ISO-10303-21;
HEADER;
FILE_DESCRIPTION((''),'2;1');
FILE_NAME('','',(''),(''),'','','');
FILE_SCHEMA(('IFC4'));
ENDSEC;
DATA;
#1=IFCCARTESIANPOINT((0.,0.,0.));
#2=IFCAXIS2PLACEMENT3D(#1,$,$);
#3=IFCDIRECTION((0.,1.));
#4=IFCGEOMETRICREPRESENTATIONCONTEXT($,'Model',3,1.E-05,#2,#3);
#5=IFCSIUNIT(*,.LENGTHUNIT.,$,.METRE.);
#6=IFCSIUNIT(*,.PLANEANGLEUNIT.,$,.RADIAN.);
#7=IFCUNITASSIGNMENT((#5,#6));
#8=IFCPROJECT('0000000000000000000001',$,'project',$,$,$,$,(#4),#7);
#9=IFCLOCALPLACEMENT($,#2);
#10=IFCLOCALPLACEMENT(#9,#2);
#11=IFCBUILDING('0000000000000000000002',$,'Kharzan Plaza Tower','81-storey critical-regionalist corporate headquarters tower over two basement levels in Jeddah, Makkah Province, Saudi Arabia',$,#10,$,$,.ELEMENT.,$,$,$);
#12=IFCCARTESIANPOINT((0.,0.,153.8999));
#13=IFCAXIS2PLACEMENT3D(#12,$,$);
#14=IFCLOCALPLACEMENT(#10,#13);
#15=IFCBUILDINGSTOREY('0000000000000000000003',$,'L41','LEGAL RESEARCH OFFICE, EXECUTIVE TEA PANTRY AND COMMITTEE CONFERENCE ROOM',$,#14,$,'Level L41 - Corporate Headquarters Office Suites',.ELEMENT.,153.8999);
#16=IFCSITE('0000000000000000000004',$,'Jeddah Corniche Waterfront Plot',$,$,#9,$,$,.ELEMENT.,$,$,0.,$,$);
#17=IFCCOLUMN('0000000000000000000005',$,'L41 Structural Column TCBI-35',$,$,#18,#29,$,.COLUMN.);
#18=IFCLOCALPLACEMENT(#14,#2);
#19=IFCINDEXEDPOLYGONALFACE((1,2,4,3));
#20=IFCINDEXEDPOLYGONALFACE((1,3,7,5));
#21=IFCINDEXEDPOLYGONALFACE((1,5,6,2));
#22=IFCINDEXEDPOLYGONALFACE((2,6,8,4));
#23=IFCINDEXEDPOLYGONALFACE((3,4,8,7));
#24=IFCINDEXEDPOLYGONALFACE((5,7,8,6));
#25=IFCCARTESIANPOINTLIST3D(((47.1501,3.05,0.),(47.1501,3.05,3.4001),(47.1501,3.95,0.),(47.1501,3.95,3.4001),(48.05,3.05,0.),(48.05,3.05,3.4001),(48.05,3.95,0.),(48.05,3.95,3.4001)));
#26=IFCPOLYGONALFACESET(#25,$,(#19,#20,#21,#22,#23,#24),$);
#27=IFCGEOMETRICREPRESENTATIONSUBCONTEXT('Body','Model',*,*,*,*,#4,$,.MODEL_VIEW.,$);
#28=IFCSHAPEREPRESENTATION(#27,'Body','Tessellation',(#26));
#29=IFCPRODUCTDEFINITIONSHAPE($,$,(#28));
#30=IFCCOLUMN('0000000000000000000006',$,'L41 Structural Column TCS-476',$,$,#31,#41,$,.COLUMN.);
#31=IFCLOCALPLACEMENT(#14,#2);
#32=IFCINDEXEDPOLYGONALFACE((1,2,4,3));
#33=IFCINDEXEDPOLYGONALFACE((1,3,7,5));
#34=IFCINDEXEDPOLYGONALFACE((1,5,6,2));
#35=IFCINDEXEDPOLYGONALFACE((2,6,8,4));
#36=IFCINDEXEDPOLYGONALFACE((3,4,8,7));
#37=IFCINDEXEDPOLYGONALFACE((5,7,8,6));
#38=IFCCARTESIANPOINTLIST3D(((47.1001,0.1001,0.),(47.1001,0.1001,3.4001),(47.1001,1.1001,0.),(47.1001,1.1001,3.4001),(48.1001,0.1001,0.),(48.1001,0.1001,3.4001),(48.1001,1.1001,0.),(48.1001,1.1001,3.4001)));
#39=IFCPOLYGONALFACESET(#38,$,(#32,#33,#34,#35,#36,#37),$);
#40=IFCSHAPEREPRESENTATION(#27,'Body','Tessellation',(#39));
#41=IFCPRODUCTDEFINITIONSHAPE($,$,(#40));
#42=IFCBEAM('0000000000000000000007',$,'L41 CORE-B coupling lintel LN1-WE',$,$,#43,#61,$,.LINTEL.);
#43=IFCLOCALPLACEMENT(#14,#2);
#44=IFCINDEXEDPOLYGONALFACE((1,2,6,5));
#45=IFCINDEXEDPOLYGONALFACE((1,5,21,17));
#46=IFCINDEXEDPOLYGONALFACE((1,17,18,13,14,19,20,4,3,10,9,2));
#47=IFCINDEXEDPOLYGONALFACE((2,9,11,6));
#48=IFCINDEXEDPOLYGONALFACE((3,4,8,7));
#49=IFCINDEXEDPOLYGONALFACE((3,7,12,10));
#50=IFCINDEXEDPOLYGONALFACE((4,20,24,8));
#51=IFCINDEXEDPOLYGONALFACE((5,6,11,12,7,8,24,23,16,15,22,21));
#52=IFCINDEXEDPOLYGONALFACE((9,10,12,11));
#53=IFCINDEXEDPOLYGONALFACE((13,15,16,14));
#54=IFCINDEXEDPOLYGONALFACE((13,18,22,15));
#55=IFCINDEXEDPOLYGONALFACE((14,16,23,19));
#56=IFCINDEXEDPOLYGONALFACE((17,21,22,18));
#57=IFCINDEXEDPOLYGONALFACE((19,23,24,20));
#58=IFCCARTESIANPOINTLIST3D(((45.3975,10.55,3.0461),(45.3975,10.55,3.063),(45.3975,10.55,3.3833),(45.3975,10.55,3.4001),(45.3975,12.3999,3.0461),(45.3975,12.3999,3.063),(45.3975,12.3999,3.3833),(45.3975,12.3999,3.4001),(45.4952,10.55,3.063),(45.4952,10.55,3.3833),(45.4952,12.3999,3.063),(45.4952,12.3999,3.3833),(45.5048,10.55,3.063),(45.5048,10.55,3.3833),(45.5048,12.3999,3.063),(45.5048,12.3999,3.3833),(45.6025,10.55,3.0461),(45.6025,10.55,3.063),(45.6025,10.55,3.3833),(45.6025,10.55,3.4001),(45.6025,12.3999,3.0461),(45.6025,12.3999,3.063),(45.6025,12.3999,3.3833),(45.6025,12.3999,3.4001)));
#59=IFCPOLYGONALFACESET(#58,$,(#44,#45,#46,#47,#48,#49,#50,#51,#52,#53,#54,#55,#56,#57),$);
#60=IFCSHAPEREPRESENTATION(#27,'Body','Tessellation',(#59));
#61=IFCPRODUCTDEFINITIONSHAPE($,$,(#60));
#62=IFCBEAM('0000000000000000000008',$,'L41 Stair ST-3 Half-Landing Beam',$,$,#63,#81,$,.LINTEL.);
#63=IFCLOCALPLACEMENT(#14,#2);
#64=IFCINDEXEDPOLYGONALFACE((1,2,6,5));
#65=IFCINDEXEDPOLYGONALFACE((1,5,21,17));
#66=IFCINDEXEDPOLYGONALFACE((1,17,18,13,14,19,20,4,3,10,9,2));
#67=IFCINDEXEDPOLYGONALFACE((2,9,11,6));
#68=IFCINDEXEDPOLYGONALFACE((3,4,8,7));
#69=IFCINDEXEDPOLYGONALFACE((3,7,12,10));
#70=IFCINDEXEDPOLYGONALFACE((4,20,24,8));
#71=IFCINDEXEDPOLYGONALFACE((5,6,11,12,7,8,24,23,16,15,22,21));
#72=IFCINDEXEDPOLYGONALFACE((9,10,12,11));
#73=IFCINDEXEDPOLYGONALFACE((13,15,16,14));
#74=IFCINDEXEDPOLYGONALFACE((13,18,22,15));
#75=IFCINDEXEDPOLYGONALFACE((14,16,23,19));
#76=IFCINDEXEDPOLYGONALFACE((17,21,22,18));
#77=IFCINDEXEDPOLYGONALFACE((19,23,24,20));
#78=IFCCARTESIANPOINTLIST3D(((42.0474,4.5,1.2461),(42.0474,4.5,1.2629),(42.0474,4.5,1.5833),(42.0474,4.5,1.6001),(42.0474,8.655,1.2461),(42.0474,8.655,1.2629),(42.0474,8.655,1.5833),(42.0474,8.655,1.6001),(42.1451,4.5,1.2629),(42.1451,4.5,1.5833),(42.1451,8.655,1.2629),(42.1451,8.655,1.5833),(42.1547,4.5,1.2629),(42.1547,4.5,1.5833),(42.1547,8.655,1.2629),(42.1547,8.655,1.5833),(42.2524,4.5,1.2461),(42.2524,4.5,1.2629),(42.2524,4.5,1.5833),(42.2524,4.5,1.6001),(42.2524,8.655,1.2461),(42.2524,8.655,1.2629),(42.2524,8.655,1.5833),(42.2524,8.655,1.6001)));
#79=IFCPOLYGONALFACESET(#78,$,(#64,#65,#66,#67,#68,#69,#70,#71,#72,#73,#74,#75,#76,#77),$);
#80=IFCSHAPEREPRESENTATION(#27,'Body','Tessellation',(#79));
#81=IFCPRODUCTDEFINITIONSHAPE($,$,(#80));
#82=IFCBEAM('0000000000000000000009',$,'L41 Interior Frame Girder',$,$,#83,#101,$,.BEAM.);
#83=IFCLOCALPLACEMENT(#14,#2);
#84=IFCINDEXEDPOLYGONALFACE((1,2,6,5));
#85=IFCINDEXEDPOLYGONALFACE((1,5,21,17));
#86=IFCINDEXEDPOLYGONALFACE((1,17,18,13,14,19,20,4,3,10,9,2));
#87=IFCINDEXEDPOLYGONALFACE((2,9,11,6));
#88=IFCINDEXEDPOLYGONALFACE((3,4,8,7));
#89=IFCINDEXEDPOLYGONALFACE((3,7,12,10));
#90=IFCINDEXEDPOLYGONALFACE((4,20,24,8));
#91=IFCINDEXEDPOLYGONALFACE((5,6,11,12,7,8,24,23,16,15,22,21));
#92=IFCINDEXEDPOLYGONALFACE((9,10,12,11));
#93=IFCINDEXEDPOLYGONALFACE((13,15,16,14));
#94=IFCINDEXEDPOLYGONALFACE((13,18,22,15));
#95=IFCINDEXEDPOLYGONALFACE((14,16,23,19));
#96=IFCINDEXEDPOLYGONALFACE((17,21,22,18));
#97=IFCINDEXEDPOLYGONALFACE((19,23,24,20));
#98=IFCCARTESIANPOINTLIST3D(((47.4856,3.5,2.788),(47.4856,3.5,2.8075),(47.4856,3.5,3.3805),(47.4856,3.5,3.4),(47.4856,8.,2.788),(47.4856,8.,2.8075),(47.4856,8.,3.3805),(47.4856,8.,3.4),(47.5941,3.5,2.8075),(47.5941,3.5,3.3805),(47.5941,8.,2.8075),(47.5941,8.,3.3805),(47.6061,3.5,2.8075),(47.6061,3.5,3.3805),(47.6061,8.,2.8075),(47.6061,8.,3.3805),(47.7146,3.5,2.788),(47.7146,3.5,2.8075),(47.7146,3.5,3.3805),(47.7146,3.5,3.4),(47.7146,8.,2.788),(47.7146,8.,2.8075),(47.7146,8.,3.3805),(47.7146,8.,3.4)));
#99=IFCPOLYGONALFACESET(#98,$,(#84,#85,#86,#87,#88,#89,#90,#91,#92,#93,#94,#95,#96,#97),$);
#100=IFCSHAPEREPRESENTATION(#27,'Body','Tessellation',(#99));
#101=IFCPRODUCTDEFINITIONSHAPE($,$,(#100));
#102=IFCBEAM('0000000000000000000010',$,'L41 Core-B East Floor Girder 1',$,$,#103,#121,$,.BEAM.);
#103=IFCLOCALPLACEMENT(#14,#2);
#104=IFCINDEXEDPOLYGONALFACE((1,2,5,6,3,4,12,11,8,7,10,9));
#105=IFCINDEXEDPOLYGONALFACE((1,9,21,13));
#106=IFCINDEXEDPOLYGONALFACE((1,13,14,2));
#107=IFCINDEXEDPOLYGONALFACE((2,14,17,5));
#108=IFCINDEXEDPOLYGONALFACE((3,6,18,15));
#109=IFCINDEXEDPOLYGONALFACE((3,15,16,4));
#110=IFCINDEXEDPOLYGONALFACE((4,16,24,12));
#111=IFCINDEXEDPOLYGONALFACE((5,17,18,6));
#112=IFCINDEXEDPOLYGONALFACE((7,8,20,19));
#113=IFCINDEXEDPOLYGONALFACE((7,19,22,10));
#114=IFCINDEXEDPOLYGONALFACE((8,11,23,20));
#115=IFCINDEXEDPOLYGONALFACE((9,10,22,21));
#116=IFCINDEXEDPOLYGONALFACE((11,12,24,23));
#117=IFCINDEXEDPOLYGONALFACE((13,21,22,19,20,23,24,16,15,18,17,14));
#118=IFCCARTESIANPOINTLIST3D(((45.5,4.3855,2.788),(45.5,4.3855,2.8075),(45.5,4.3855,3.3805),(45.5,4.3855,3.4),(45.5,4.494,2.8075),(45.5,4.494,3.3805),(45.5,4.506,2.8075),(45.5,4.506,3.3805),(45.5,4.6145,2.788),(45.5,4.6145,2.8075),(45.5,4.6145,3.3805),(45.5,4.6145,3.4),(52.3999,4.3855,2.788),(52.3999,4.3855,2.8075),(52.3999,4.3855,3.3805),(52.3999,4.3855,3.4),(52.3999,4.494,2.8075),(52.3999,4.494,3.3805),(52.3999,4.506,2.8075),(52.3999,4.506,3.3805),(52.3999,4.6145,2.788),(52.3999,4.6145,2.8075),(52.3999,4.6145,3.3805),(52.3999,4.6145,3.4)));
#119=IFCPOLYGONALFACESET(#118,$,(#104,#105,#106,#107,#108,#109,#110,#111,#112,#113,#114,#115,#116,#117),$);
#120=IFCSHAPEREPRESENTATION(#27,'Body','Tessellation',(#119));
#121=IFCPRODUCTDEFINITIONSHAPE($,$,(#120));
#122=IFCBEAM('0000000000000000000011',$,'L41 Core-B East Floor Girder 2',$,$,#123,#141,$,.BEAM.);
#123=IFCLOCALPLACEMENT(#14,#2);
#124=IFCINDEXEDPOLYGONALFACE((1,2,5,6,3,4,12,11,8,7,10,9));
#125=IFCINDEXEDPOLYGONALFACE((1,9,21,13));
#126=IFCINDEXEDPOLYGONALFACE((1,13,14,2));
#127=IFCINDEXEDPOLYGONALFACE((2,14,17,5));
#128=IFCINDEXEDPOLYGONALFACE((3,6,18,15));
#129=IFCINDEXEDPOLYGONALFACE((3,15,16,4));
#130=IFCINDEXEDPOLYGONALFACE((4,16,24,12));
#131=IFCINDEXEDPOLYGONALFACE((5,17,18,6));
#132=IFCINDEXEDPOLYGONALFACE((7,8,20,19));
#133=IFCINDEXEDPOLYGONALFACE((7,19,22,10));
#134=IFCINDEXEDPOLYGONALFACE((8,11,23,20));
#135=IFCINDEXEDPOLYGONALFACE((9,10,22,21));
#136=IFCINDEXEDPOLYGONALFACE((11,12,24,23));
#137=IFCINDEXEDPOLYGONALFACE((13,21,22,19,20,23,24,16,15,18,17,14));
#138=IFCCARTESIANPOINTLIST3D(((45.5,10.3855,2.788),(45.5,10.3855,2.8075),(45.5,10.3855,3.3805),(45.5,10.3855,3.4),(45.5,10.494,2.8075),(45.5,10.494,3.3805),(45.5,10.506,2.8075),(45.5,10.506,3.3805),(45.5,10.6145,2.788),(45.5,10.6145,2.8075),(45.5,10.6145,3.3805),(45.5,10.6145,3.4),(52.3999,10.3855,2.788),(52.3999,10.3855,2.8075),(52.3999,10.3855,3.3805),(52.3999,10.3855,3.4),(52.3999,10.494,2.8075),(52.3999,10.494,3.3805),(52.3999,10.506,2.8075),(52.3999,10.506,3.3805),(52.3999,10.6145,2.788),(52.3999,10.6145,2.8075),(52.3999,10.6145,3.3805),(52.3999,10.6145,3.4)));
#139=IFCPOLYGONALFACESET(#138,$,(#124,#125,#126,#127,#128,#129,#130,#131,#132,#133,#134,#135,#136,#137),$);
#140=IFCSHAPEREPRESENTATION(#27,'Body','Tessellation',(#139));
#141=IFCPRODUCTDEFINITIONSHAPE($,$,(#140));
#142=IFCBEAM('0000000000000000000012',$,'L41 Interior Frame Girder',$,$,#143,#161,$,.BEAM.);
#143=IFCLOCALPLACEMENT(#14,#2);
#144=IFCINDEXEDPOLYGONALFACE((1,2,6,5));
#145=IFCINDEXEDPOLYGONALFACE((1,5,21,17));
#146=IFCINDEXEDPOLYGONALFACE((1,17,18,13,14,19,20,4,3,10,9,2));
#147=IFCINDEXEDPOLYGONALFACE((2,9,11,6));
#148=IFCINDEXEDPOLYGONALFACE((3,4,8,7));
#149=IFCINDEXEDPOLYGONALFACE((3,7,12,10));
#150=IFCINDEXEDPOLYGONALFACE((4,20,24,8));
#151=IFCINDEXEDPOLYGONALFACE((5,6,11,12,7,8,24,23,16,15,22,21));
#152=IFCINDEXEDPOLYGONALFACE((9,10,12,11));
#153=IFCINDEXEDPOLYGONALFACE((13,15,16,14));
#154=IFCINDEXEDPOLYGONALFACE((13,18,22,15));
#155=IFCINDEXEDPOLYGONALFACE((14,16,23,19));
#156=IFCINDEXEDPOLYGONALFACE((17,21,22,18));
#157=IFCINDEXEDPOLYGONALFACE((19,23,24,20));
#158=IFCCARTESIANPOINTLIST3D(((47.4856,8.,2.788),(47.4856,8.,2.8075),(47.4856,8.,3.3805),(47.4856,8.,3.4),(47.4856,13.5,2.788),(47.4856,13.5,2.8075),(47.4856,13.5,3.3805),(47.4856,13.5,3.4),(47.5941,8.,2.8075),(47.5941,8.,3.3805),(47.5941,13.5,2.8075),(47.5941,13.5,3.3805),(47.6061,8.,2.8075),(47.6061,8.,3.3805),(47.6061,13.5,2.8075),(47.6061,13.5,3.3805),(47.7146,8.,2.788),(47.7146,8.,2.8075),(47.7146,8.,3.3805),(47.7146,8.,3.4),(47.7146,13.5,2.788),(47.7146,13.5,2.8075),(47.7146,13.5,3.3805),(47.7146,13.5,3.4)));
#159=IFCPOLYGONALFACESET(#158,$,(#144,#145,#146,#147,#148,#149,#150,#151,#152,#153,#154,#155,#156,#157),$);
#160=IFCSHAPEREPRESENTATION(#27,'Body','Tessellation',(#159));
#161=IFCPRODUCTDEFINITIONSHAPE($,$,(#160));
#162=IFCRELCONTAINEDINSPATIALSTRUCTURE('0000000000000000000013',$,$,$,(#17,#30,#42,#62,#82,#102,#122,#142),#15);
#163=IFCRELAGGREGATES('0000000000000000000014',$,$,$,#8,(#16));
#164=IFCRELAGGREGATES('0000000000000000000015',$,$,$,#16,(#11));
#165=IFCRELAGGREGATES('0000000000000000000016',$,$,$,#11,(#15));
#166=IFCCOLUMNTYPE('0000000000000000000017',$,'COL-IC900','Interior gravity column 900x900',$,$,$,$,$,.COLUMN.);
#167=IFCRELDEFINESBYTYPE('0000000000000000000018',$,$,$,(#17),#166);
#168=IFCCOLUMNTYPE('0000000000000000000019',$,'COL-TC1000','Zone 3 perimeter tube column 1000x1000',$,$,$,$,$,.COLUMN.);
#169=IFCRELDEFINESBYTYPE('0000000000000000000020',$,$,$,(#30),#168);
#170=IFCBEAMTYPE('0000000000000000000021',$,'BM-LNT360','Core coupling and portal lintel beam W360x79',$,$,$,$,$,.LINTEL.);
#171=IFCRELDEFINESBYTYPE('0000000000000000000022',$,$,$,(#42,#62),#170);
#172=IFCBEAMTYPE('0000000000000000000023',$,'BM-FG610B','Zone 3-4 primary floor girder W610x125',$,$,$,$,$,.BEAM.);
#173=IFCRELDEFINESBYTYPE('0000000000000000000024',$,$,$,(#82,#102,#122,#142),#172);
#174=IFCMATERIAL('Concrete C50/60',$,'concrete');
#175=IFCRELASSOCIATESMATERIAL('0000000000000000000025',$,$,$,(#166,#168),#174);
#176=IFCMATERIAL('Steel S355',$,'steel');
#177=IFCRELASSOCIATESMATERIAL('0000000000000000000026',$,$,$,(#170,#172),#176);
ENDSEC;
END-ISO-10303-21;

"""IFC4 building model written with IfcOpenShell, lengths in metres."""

from ifc_helpers import new_model, si_unit, direction, frame, origin, origin_2d, place, context, subcontext, project, spatial, rectangle, i_section, extrude, source, transform, mapped, material, material_profile, profile_set, type_object, element, save


model = new_model("IFC4")

# Units and contexts
model_context = context("Model", 3, precision=1e-05, world=origin(), true_north=direction((0.0, 1.0)))
body_context = subcontext(model_context, "Body", "Model", "MODEL_VIEW")
ifc_project = project(units=[si_unit("LENGTHUNIT", "METRE"), si_unit("PLANEANGLEUNIT", "RADIAN")], contexts=[model_context])

# Site, building, storey
site_placement = place(None, origin())
site = spatial("IfcSite", under=ifc_project, at=site_placement, Name="Jeddah Corniche Waterfront Plot", CompositionType="ELEMENT", RefElevation=0.0)
building_placement = place(site_placement, origin())
building = spatial("IfcBuilding", under=site, at=building_placement, Name="Kharzan Plaza Tower", Description="81-storey critical-regionalist corporate headquarters tower over two basement levels in Jeddah, Makkah Province, Saudi Arabia", CompositionType="ELEMENT")
storey_placement = place(building_placement, frame((0.0, 0.0, 153.8999)))
storey = spatial("IfcBuildingStorey", under=building, at=storey_placement, Name="L41", Description="LEGAL RESEARCH OFFICE, EXECUTIVE TEA PANTRY AND COMMITTEE CONFERENCE ROOM", LongName="Level L41 - Corporate Headquarters Office Suites", CompositionType="ELEMENT", Elevation=153.8999)

# Columns
ifc_material_1 = material(Name="Concrete C50/60", Category="concrete")
ifc_material_profile_1 = material_profile(ifc_material_1, rectangle(XDim=0.8999, YDim=0.8999, at=origin_2d()), Name="RC-IC900x900")
ifc_profile_set_1 = profile_set([ifc_material_profile_1], Name="Concrete C50/60")
column_type_1 = type_object("IfcColumnType", Name="COL-IC900", Description="Interior gravity column 900x900", PredefinedType="COLUMN", material=ifc_profile_set_1)
shared_shape_1 = source(origin(), body_context, "Body", "SweptSolid", [
    extrude(rectangle(XDim=0.8999, YDim=0.8999, at=origin_2d()), origin(), (0.0, 0.0, 1.0), 3.4001),
])
column_1_placement = place(storey_placement, frame((47.6001, 3.5, 0.0), z_axis=(0.0, 0.0, 1.0), x_axis=(1.0, 0.0, 0.0)))
element("IfcColumn", 1, at=column_1_placement, inside=storey, type_object=column_type_1, Name="L41 Structural Column TCBI-35", PredefinedType="COLUMN", context=body_context, shape_type="MappedRepresentation", body=[
    mapped(shared_shape_1, transform((0.0, 0.0, 0.0), x_axis=(1.0, 0.0, 0.0), y_axis=(0.0, 1.0, 0.0), z_axis=(0.0, 0.0, 1.0))),
])
ifc_material_profile_2 = material_profile(ifc_material_1, rectangle(XDim=1.0, YDim=1.0, at=origin_2d()), Name="RC-TC1000x1000")
ifc_profile_set_2 = profile_set([ifc_material_profile_2], Name="Concrete C50/60")
column_type_2 = type_object("IfcColumnType", Name="COL-TC1000", Description="Zone 3 perimeter tube column 1000x1000", PredefinedType="COLUMN", material=ifc_profile_set_2)
shared_shape_2 = source(origin(), body_context, "Body", "SweptSolid", [
    extrude(rectangle(XDim=1.0, YDim=1.0, at=origin_2d()), origin(), (0.0, 0.0, 1.0), 3.4001),
])
column_2_placement = place(storey_placement, frame((47.6001, 0.6001, 0.0), z_axis=(0.0, 0.0, 1.0), x_axis=(1.0, 0.0, 0.0)))
element("IfcColumn", 2, at=column_2_placement, inside=storey, type_object=column_type_2, Name="L41 Structural Column TCS-476", PredefinedType="COLUMN", context=body_context, shape_type="MappedRepresentation", body=[
    mapped(shared_shape_2, transform((0.0, 0.0, 0.0), x_axis=(1.0, 0.0, 0.0), y_axis=(0.0, 1.0, 0.0), z_axis=(0.0, 0.0, 1.0))),
])

# Beams
ifc_material_2 = material(Name="Steel S355", Category="steel")
ifc_material_profile_3 = material_profile(ifc_material_2, i_section(OverallWidth=0.2051, OverallDepth=0.354, WebThickness=0.0095, FlangeThickness=0.0168, at=origin_2d()), Name="W360x79")
ifc_profile_set_3 = profile_set([ifc_material_profile_3], Name="Steel S355")
beam_type_1 = type_object("IfcBeamType", Name="BM-LNT360", Description="Core coupling and portal lintel beam W360x79", PredefinedType="LINTEL", material=ifc_profile_set_3)
shared_shape_3 = source(origin(), body_context, "Body", "SweptSolid", [
    extrude(i_section(OverallWidth=0.2051, OverallDepth=0.354, WebThickness=0.0095, FlangeThickness=0.0168, at=origin_2d()), origin(), (0.0, 0.0, 1.0), 1.8499),
])
beam_1_placement = place(storey_placement, frame((45.5, 10.55, 3.2231), z_axis=(0.0, 1.0, 0.0), x_axis=(-1.0, 0.0, 0.0)))
element("IfcBeam", 3, at=beam_1_placement, inside=storey, type_object=beam_type_1, Name="L41 CORE-B coupling lintel LN1-WE", PredefinedType="LINTEL", context=body_context, shape_type="MappedRepresentation", body=[
    mapped(shared_shape_3, transform((0.0, 0.0, 0.0), x_axis=(1.0, 0.0, 0.0), y_axis=(0.0, 1.0, 0.0), z_axis=(0.0, 0.0, 1.0))),
])
shared_shape_4 = source(origin(), body_context, "Body", "SweptSolid", [
    extrude(i_section(OverallWidth=0.2051, OverallDepth=0.354, WebThickness=0.0095, FlangeThickness=0.0168, at=origin_2d()), origin(), (0.0, 0.0, 1.0), 4.155),
])
beam_2_placement = place(storey_placement, frame((42.1499, 4.5, 1.4231), z_axis=(0.0, 1.0, 0.0), x_axis=(-1.0, 0.0, 0.0)))
element("IfcBeam", 4, at=beam_2_placement, inside=storey, type_object=beam_type_1, Name="L41 Stair ST-3 Half-Landing Beam", PredefinedType="LINTEL", context=body_context, shape_type="MappedRepresentation", body=[
    mapped(shared_shape_4, transform((0.0, 0.0, 0.0), x_axis=(1.0, 0.0, 0.0), y_axis=(0.0, 1.0, 0.0), z_axis=(0.0, 0.0, 1.0))),
])
ifc_material_profile_4 = material_profile(ifc_material_2, i_section(OverallWidth=0.229, OverallDepth=0.6121, WebThickness=0.012, FlangeThickness=0.0195, at=origin_2d()), Name="W610x125")
ifc_profile_set_4 = profile_set([ifc_material_profile_4], Name="Steel S355")
beam_type_2 = type_object("IfcBeamType", Name="BM-FG610B", Description="Zone 3-4 primary floor girder W610x125", PredefinedType="BEAM", material=ifc_profile_set_4)
shared_shape_5 = source(origin(), body_context, "Body", "SweptSolid", [
    extrude(i_section(OverallWidth=0.229, OverallDepth=0.6121, WebThickness=0.012, FlangeThickness=0.0195, at=origin_2d()), origin(), (0.0, 0.0, 1.0), 4.5),
])
beam_3_placement = place(storey_placement, frame((47.6001, 3.5, 3.094), z_axis=(0.0, 1.0, 0.0), x_axis=(-1.0, 0.0, 0.0)))
element("IfcBeam", 5, at=beam_3_placement, inside=storey, type_object=beam_type_2, Name="L41 Interior Frame Girder", PredefinedType="BEAM", context=body_context, shape_type="MappedRepresentation", body=[
    mapped(shared_shape_5, transform((0.0, 0.0, 0.0), x_axis=(1.0, 0.0, 0.0), y_axis=(0.0, 1.0, 0.0), z_axis=(0.0, 0.0, 1.0))),
])
shared_shape_6 = source(origin(), body_context, "Body", "SweptSolid", [
    extrude(i_section(OverallWidth=0.229, OverallDepth=0.6121, WebThickness=0.012, FlangeThickness=0.0195, at=origin_2d()), origin(), (0.0, 0.0, 1.0), 6.8999),
])
for number, where, z_axis, x_axis, name in (
    (6, (45.5, 4.5, 3.094), (1.0, 0.0, 0.0), (0.0, 1.0, 0.0), "L41 Core-B East Floor Girder 1"),
    (7, (45.5, 10.5, 3.094), (1.0, 0.0, 0.0), (0.0, 1.0, 0.0), "L41 Core-B East Floor Girder 2"),
):
    element("IfcBeam", number, at=place(storey_placement, frame(where, z_axis=z_axis, x_axis=x_axis)), inside=storey, type_object=beam_type_2, Name=name, PredefinedType="BEAM", context=body_context, shape_type="MappedRepresentation", body=[
        mapped(shared_shape_6, transform((0.0, 0.0, 0.0), x_axis=(1.0, 0.0, 0.0), y_axis=(0.0, 1.0, 0.0), z_axis=(0.0, 0.0, 1.0))),
    ])
shared_shape_7 = source(origin(), body_context, "Body", "SweptSolid", [
    extrude(i_section(OverallWidth=0.229, OverallDepth=0.6121, WebThickness=0.012, FlangeThickness=0.0195, at=origin_2d()), origin(), (0.0, 0.0, 1.0), 5.5),
])
beam_4_placement = place(storey_placement, frame((47.6001, 8.0, 3.094), z_axis=(0.0, 1.0, 0.0), x_axis=(-1.0, 0.0, 0.0)))
element("IfcBeam", 8, at=beam_4_placement, inside=storey, type_object=beam_type_2, Name="L41 Interior Frame Girder", PredefinedType="BEAM", context=body_context, shape_type="MappedRepresentation", body=[
    mapped(shared_shape_7, transform((0.0, 0.0, 0.0), x_axis=(1.0, 0.0, 0.0), y_axis=(0.0, 1.0, 0.0), z_axis=(0.0, 0.0, 1.0))),
])

save(model, "model.ifc")
